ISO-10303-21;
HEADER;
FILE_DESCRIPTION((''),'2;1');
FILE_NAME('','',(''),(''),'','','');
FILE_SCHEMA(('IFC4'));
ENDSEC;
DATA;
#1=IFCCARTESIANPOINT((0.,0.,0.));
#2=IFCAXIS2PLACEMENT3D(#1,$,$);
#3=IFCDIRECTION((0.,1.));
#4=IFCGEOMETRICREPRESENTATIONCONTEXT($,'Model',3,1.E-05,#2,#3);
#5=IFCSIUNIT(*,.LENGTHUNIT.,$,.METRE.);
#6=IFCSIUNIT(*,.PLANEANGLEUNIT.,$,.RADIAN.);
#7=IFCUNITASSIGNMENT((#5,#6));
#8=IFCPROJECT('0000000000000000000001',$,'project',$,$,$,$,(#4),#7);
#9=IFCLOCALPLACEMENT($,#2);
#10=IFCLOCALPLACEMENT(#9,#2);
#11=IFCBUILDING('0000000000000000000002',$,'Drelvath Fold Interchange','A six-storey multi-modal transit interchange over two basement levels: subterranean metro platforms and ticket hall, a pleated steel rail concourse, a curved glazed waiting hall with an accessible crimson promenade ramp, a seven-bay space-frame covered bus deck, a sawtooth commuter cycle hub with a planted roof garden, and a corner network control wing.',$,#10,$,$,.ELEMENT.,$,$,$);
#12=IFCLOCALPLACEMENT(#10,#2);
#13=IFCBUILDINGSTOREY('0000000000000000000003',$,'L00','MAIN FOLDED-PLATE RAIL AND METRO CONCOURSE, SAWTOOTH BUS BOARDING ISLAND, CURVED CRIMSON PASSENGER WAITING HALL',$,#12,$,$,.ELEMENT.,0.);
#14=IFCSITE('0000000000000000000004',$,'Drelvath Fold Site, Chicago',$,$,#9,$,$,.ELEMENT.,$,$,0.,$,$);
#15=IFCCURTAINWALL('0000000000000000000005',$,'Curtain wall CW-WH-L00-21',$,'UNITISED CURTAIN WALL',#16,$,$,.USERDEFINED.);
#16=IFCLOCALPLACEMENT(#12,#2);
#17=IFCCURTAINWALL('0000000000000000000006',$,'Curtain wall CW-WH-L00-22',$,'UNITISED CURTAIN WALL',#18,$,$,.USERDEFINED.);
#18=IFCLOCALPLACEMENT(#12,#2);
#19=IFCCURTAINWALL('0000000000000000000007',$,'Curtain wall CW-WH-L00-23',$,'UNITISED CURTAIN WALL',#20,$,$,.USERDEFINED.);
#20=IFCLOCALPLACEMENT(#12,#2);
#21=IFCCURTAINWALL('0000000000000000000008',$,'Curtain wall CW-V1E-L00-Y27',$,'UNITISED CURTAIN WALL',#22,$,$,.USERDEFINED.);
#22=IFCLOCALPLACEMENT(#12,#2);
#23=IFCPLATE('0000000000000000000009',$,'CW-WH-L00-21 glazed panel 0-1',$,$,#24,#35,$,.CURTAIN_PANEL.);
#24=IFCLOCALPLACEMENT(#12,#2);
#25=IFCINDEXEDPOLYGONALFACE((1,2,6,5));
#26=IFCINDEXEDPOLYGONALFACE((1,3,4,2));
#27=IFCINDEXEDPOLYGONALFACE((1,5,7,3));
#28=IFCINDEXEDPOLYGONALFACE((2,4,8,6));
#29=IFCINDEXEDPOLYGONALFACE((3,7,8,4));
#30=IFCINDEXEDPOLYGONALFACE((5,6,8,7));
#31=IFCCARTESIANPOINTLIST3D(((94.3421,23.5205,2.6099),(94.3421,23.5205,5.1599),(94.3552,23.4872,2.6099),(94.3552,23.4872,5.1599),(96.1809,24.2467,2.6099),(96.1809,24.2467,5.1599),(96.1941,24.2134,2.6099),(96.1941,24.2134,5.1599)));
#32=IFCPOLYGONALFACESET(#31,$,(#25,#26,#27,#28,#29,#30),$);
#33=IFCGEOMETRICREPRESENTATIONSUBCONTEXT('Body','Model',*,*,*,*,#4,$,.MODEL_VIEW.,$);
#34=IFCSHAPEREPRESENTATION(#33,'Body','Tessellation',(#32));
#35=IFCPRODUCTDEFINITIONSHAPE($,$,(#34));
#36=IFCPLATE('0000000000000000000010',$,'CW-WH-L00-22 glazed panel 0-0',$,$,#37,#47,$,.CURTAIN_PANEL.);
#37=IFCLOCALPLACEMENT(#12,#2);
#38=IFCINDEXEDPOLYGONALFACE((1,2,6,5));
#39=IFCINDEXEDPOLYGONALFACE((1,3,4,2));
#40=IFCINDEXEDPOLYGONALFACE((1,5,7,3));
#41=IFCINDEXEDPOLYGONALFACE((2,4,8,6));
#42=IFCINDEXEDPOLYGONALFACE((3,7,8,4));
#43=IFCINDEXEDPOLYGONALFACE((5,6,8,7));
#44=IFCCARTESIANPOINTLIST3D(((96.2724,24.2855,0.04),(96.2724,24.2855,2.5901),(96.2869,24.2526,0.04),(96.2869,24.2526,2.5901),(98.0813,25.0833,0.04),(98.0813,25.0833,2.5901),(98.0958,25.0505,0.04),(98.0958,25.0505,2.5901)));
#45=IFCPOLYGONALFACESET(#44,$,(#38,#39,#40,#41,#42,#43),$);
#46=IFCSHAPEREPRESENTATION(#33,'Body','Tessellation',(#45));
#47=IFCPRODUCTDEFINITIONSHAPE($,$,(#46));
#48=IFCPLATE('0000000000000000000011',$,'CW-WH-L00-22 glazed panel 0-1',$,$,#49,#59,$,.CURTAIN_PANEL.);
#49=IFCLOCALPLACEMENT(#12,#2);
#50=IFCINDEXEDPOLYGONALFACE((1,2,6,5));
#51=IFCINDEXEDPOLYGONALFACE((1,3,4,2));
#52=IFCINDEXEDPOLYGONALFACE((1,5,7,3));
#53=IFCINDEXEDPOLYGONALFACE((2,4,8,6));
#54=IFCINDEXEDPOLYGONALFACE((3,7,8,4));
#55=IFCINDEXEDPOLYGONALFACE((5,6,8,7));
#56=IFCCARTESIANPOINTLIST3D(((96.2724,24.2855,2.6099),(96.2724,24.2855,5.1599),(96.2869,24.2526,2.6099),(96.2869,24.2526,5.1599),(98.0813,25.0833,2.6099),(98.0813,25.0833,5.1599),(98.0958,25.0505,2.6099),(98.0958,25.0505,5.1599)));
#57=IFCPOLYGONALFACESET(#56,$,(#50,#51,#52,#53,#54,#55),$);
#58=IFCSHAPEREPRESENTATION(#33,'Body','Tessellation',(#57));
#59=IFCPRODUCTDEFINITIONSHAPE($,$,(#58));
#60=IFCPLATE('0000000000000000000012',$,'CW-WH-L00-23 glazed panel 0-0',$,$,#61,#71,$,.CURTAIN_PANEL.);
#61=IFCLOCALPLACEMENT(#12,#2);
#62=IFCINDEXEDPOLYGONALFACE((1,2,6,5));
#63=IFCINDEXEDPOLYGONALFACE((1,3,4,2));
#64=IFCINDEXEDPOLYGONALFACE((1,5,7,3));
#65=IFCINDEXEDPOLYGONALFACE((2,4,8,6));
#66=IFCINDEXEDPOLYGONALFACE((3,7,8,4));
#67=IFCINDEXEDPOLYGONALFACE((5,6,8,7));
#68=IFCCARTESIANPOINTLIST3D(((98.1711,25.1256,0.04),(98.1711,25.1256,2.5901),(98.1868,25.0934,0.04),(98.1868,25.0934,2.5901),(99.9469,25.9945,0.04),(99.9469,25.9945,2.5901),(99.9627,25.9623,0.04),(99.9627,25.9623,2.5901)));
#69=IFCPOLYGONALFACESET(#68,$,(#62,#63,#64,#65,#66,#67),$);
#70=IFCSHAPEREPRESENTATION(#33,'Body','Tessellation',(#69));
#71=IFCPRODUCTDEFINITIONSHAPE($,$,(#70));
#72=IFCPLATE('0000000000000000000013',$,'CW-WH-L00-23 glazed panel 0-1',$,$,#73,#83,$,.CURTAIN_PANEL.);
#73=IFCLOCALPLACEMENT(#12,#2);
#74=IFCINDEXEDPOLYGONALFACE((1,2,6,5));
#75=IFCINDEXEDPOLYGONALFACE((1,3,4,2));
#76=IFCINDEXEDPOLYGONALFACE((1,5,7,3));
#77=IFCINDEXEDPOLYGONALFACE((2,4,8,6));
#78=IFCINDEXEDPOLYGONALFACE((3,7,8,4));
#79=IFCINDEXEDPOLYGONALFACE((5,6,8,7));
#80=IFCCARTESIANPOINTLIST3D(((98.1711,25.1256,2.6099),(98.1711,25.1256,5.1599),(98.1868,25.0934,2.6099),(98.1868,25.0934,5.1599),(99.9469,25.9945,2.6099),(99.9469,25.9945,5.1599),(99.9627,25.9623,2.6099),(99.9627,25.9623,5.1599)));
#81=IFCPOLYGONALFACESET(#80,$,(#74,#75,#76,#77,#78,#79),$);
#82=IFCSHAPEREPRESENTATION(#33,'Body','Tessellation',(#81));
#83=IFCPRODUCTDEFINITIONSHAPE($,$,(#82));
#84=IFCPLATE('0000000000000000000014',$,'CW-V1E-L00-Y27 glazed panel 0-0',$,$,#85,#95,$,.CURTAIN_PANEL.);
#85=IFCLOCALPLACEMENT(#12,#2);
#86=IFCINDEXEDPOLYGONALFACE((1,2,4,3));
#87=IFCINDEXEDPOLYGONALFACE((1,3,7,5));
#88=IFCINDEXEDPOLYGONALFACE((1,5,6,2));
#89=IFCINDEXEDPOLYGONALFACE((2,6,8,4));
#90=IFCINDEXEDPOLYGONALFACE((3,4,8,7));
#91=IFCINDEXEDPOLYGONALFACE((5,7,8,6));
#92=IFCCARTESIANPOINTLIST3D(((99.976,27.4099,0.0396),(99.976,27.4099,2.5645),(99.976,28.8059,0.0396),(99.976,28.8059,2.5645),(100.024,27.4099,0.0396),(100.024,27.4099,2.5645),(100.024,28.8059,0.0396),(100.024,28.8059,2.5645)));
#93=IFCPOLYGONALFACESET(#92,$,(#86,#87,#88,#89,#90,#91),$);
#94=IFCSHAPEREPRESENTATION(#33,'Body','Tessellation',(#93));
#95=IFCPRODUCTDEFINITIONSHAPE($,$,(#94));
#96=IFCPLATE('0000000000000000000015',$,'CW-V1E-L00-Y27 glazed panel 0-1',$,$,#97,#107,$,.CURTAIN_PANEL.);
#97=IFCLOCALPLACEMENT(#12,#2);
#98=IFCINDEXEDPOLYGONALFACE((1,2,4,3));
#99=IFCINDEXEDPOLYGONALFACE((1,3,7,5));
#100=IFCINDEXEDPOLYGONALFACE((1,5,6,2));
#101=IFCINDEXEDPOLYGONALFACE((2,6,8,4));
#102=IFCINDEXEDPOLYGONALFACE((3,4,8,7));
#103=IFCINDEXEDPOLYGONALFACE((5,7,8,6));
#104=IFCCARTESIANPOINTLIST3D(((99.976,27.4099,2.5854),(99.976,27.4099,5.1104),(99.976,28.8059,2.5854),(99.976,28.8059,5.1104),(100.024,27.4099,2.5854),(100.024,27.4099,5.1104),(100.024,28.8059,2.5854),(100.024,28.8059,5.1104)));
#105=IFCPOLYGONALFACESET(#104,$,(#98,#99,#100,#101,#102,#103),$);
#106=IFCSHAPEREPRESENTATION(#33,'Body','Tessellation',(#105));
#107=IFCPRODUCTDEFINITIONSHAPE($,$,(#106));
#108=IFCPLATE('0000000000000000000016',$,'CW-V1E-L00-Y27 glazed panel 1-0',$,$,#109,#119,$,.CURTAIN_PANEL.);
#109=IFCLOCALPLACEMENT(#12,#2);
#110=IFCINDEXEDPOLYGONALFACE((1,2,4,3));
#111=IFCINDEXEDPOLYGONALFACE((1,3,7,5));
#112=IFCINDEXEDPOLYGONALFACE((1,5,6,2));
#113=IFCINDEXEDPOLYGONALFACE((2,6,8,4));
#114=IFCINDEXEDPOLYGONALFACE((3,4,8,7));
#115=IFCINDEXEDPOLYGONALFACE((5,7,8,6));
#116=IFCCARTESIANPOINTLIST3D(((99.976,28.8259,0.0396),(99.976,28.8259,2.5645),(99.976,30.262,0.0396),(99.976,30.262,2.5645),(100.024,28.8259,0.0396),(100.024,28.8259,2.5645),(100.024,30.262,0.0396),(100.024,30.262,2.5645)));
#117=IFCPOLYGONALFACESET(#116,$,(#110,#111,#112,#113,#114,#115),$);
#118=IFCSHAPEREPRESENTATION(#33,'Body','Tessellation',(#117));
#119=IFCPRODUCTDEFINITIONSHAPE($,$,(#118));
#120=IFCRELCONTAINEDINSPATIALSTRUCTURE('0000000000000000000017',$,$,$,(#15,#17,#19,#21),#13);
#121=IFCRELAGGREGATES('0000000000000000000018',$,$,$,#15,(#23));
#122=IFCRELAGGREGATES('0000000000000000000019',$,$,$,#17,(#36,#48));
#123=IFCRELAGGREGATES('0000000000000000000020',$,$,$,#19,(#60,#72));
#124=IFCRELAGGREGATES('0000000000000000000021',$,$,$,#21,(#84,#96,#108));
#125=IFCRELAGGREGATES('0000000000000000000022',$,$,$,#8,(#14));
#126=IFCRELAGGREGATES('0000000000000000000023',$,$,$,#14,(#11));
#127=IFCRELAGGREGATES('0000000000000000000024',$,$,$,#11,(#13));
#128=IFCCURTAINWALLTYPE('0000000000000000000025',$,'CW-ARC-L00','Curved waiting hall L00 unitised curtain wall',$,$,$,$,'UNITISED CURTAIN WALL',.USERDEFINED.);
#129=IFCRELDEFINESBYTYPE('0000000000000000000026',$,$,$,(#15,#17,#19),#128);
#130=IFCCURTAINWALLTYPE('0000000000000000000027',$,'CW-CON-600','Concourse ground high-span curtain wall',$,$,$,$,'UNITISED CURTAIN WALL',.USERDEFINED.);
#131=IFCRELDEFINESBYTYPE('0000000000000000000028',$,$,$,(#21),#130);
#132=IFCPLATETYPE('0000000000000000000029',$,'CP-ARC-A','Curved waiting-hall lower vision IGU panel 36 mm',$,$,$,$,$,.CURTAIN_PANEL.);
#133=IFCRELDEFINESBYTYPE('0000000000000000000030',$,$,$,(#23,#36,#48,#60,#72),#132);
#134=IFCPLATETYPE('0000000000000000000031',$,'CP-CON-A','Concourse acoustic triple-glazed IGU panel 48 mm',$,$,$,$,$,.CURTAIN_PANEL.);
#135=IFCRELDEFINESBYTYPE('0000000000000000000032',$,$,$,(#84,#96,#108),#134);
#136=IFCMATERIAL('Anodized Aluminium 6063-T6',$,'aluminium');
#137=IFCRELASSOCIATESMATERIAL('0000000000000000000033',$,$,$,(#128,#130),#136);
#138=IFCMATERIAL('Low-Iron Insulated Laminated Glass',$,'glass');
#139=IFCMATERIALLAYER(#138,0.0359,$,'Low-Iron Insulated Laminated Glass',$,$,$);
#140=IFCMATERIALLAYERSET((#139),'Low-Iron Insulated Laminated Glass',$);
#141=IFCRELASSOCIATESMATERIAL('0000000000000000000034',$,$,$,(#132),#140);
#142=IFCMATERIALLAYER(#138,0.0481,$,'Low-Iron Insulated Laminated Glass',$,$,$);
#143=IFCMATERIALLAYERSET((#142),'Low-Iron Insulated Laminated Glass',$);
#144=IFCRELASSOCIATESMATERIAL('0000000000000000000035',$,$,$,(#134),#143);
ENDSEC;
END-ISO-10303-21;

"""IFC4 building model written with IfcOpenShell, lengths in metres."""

from ifc_helpers import new_model, si_unit, direction, frame, origin, origin_2d, place, context, subcontext, project, spatial, rectangle, extrude, material, layer, layer_set, type_object, element, aggregate, save


model = new_model("IFC4")

# Units and contexts
model_context = context("Model", 3, precision=1e-05, world=origin(), true_north=direction((0.0, 1.0)))
body_context = subcontext(model_context, "Body", "Model", "MODEL_VIEW")
ifc_project = project(units=[si_unit("LENGTHUNIT", "METRE"), si_unit("PLANEANGLEUNIT", "RADIAN")], contexts=[model_context])

# Site, building, storey
site_placement = place(None, origin())
site = spatial("IfcSite", under=ifc_project, at=site_placement, Name="Drelvath Fold Site, Chicago", CompositionType="ELEMENT", RefElevation=0.0)
building_placement = place(site_placement, origin())
building = spatial("IfcBuilding", under=site, at=building_placement, Name="Drelvath Fold Interchange", Description="A six-storey multi-modal transit interchange over two basement levels: subterranean metro platforms and ticket hall, a pleated steel rail concourse, a curved glazed waiting hall with an accessible crimson promenade ramp, a seven-bay space-frame covered bus deck, a sawtooth commuter cycle hub with a planted roof garden, and a corner network control wing.", CompositionType="ELEMENT")
storey_placement = place(building_placement, origin())
storey = spatial("IfcBuildingStorey", under=building, at=storey_placement, Name="L00", Description="MAIN FOLDED-PLATE RAIL AND METRO CONCOURSE, SAWTOOTH BUS BOARDING ISLAND, CURVED CRIMSON PASSENGER WAITING HALL", CompositionType="ELEMENT", Elevation=0.0)

# Curtain wall
ifc_material_1 = material(Name="Anodized Aluminium 6063-T6", Category="aluminium")
curtain_wall_type_1 = type_object("IfcCurtainWallType", Name="CW-ARC-L00", Description="Curved waiting hall L00 unitised curtain wall", ElementType="UNITISED CURTAIN WALL", PredefinedType="USERDEFINED", material=ifc_material_1)
curtain_wall_1_placement = place(storey_placement, origin())
curtain_wall_1 = element("IfcCurtainWall", 1, at=curtain_wall_1_placement, inside=storey, type_object=curtain_wall_type_1, Name="Curtain wall CW-WH-L00-21", ObjectType="UNITISED CURTAIN WALL", PredefinedType="USERDEFINED")

# Curtain walls
curtain_wall_2_placement = place(storey_placement, origin())
curtain_wall_2 = element("IfcCurtainWall", 2, at=curtain_wall_2_placement, inside=storey, type_object=curtain_wall_type_1, Name="Curtain wall CW-WH-L00-22", ObjectType="UNITISED CURTAIN WALL", PredefinedType="USERDEFINED")
curtain_wall_3_placement = place(storey_placement, origin())
curtain_wall_3 = element("IfcCurtainWall", 3, at=curtain_wall_3_placement, inside=storey, type_object=curtain_wall_type_1, Name="Curtain wall CW-WH-L00-23", ObjectType="UNITISED CURTAIN WALL", PredefinedType="USERDEFINED")
curtain_wall_type_2 = type_object("IfcCurtainWallType", Name="CW-CON-600", Description="Concourse ground high-span curtain wall", ElementType="UNITISED CURTAIN WALL", PredefinedType="USERDEFINED", material=ifc_material_1)
curtain_wall_4_placement = place(storey_placement, origin())
curtain_wall_4 = element("IfcCurtainWall", 4, at=curtain_wall_4_placement, inside=storey, type_object=curtain_wall_type_2, Name="Curtain wall CW-V1E-L00-Y27", ObjectType="UNITISED CURTAIN WALL", PredefinedType="USERDEFINED")

# Plates
ifc_material_2 = material(Name="Low-Iron Insulated Laminated Glass", Category="glass")
ifc_layer_1 = layer(ifc_material_2, 0.0359, Name="Low-Iron Insulated Laminated Glass")
ifc_layer_set_1 = layer_set([ifc_layer_1], Name="Low-Iron Insulated Laminated Glass")
plate_type_1 = type_object("IfcPlateType", Name="CP-ARC-A", Description="Curved waiting-hall lower vision IGU panel 36 mm", PredefinedType="CURTAIN_PANEL", material=ifc_layer_set_1)
plate_1_placement = place(storey_placement, frame((95.2681, 23.8669, 2.6099), z_axis=(0.0, 0.0, 1.0), x_axis=(0.930097, 0.367313, 0.0)))
plate_1 = element("IfcPlate", 5, at=plate_1_placement, type_object=plate_type_1, Name="CW-WH-L00-21 glazed panel 0-1", PredefinedType="CURTAIN_PANEL", context=body_context, shape_type="SweptSolid", body=[
    extrude(rectangle(XDim=1.9771, YDim=0.0359, at=origin_2d()), origin(), (0.0, 0.0, 1.0), 2.55),
])
aggregate(curtain_wall_1, [plate_1])
plate_2_placement = place(storey_placement, frame((97.1841, 24.668, 0.04), z_axis=(0.0, 0.0, 1.0), x_axis=(0.91496, 0.403545, 0.0)))
plate_2 = element("IfcPlate", 6, at=plate_2_placement, type_object=plate_type_1, Name="CW-WH-L00-22 glazed panel 0-0", PredefinedType="CURTAIN_PANEL", context=body_context, shape_type="SweptSolid", body=[
    extrude(rectangle(XDim=1.9771, YDim=0.0359, at=origin_2d()), origin(), (0.0, 0.0, 1.0), 2.55),
])
plate_3_placement = place(storey_placement, frame((97.1841, 24.668, 2.6099), z_axis=(0.0, 0.0, 1.0), x_axis=(0.91496, 0.403545, 0.0)))
plate_3 = element("IfcPlate", 7, at=plate_3_placement, type_object=plate_type_1, Name="CW-WH-L00-22 glazed panel 0-1", PredefinedType="CURTAIN_PANEL", context=body_context, shape_type="SweptSolid", body=[
    extrude(rectangle(XDim=1.9771, YDim=0.0359, at=origin_2d()), origin(), (0.0, 0.0, 1.0), 2.55),
])
aggregate(curtain_wall_2, [plate_2, plate_3])
plate_4_placement = place(storey_placement, frame((99.0669, 25.5439, 0.04), z_axis=(0.0, 0.0, 1.0), x_axis=(0.898242, 0.4395, 0.0)))
plate_4 = element("IfcPlate", 8, at=plate_4_placement, type_object=plate_type_1, Name="CW-WH-L00-23 glazed panel 0-0", PredefinedType="CURTAIN_PANEL", context=body_context, shape_type="SweptSolid", body=[
    extrude(rectangle(XDim=1.9771, YDim=0.0359, at=origin_2d()), origin(), (0.0, 0.0, 1.0), 2.55),
])
plate_5_placement = place(storey_placement, frame((99.0669, 25.5439, 2.6099), z_axis=(0.0, 0.0, 1.0), x_axis=(0.898242, 0.4395, 0.0)))
plate_5 = element("IfcPlate", 9, at=plate_5_placement, type_object=plate_type_1, Name="CW-WH-L00-23 glazed panel 0-1", PredefinedType="CURTAIN_PANEL", context=body_context, shape_type="SweptSolid", body=[
    extrude(rectangle(XDim=1.9771, YDim=0.0359, at=origin_2d()), origin(), (0.0, 0.0, 1.0), 2.55),
])
aggregate(curtain_wall_3, [plate_4, plate_5])
ifc_layer_2 = layer(ifc_material_2, 0.0481, Name="Low-Iron Insulated Laminated Glass")
ifc_layer_set_2 = layer_set([ifc_layer_2], Name="Low-Iron Insulated Laminated Glass")
plate_type_2 = type_object("IfcPlateType", Name="CP-CON-A", Description="Concourse acoustic triple-glazed IGU panel 48 mm", PredefinedType="CURTAIN_PANEL", material=ifc_layer_set_2)
plate_6_placement = place(storey_placement, frame((100.0, 28.1079, 0.0396), z_axis=(0.0, 0.0, 1.0), x_axis=(0.0, 1.0, 0.0)))
plate_6 = element("IfcPlate", 10, at=plate_6_placement, type_object=plate_type_2, Name="CW-V1E-L00-Y27 glazed panel 0-0", PredefinedType="CURTAIN_PANEL", context=body_context, shape_type="SweptSolid", body=[
    extrude(rectangle(XDim=1.396, YDim=0.0481, at=origin_2d()), origin(), (0.0, 0.0, 1.0), 2.5249),
])
plate_7_placement = place(storey_placement, frame((100.0, 28.1079, 2.5854), z_axis=(0.0, 0.0, 1.0), x_axis=(0.0, 1.0, 0.0)))
plate_7 = element("IfcPlate", 11, at=plate_7_placement, type_object=plate_type_2, Name="CW-V1E-L00-Y27 glazed panel 0-1", PredefinedType="CURTAIN_PANEL", context=body_context, shape_type="SweptSolid", body=[
    extrude(rectangle(XDim=1.396, YDim=0.0481, at=origin_2d()), origin(), (0.0, 0.0, 1.0), 2.5249),
])
plate_8_placement = place(storey_placement, frame((100.0, 29.5439, 0.0396), z_axis=(0.0, 0.0, 1.0), x_axis=(0.0, 1.0, 0.0)))
plate_8 = element("IfcPlate", 12, at=plate_8_placement, type_object=plate_type_2, Name="CW-V1E-L00-Y27 glazed panel 1-0", PredefinedType="CURTAIN_PANEL", context=body_context, shape_type="SweptSolid", body=[
    extrude(rectangle(XDim=1.436, YDim=0.0481, at=origin_2d()), origin(), (0.0, 0.0, 1.0), 2.5249),
])
aggregate(curtain_wall_4, [plate_6, plate_7, plate_8])

save(model, "model.ifc")
